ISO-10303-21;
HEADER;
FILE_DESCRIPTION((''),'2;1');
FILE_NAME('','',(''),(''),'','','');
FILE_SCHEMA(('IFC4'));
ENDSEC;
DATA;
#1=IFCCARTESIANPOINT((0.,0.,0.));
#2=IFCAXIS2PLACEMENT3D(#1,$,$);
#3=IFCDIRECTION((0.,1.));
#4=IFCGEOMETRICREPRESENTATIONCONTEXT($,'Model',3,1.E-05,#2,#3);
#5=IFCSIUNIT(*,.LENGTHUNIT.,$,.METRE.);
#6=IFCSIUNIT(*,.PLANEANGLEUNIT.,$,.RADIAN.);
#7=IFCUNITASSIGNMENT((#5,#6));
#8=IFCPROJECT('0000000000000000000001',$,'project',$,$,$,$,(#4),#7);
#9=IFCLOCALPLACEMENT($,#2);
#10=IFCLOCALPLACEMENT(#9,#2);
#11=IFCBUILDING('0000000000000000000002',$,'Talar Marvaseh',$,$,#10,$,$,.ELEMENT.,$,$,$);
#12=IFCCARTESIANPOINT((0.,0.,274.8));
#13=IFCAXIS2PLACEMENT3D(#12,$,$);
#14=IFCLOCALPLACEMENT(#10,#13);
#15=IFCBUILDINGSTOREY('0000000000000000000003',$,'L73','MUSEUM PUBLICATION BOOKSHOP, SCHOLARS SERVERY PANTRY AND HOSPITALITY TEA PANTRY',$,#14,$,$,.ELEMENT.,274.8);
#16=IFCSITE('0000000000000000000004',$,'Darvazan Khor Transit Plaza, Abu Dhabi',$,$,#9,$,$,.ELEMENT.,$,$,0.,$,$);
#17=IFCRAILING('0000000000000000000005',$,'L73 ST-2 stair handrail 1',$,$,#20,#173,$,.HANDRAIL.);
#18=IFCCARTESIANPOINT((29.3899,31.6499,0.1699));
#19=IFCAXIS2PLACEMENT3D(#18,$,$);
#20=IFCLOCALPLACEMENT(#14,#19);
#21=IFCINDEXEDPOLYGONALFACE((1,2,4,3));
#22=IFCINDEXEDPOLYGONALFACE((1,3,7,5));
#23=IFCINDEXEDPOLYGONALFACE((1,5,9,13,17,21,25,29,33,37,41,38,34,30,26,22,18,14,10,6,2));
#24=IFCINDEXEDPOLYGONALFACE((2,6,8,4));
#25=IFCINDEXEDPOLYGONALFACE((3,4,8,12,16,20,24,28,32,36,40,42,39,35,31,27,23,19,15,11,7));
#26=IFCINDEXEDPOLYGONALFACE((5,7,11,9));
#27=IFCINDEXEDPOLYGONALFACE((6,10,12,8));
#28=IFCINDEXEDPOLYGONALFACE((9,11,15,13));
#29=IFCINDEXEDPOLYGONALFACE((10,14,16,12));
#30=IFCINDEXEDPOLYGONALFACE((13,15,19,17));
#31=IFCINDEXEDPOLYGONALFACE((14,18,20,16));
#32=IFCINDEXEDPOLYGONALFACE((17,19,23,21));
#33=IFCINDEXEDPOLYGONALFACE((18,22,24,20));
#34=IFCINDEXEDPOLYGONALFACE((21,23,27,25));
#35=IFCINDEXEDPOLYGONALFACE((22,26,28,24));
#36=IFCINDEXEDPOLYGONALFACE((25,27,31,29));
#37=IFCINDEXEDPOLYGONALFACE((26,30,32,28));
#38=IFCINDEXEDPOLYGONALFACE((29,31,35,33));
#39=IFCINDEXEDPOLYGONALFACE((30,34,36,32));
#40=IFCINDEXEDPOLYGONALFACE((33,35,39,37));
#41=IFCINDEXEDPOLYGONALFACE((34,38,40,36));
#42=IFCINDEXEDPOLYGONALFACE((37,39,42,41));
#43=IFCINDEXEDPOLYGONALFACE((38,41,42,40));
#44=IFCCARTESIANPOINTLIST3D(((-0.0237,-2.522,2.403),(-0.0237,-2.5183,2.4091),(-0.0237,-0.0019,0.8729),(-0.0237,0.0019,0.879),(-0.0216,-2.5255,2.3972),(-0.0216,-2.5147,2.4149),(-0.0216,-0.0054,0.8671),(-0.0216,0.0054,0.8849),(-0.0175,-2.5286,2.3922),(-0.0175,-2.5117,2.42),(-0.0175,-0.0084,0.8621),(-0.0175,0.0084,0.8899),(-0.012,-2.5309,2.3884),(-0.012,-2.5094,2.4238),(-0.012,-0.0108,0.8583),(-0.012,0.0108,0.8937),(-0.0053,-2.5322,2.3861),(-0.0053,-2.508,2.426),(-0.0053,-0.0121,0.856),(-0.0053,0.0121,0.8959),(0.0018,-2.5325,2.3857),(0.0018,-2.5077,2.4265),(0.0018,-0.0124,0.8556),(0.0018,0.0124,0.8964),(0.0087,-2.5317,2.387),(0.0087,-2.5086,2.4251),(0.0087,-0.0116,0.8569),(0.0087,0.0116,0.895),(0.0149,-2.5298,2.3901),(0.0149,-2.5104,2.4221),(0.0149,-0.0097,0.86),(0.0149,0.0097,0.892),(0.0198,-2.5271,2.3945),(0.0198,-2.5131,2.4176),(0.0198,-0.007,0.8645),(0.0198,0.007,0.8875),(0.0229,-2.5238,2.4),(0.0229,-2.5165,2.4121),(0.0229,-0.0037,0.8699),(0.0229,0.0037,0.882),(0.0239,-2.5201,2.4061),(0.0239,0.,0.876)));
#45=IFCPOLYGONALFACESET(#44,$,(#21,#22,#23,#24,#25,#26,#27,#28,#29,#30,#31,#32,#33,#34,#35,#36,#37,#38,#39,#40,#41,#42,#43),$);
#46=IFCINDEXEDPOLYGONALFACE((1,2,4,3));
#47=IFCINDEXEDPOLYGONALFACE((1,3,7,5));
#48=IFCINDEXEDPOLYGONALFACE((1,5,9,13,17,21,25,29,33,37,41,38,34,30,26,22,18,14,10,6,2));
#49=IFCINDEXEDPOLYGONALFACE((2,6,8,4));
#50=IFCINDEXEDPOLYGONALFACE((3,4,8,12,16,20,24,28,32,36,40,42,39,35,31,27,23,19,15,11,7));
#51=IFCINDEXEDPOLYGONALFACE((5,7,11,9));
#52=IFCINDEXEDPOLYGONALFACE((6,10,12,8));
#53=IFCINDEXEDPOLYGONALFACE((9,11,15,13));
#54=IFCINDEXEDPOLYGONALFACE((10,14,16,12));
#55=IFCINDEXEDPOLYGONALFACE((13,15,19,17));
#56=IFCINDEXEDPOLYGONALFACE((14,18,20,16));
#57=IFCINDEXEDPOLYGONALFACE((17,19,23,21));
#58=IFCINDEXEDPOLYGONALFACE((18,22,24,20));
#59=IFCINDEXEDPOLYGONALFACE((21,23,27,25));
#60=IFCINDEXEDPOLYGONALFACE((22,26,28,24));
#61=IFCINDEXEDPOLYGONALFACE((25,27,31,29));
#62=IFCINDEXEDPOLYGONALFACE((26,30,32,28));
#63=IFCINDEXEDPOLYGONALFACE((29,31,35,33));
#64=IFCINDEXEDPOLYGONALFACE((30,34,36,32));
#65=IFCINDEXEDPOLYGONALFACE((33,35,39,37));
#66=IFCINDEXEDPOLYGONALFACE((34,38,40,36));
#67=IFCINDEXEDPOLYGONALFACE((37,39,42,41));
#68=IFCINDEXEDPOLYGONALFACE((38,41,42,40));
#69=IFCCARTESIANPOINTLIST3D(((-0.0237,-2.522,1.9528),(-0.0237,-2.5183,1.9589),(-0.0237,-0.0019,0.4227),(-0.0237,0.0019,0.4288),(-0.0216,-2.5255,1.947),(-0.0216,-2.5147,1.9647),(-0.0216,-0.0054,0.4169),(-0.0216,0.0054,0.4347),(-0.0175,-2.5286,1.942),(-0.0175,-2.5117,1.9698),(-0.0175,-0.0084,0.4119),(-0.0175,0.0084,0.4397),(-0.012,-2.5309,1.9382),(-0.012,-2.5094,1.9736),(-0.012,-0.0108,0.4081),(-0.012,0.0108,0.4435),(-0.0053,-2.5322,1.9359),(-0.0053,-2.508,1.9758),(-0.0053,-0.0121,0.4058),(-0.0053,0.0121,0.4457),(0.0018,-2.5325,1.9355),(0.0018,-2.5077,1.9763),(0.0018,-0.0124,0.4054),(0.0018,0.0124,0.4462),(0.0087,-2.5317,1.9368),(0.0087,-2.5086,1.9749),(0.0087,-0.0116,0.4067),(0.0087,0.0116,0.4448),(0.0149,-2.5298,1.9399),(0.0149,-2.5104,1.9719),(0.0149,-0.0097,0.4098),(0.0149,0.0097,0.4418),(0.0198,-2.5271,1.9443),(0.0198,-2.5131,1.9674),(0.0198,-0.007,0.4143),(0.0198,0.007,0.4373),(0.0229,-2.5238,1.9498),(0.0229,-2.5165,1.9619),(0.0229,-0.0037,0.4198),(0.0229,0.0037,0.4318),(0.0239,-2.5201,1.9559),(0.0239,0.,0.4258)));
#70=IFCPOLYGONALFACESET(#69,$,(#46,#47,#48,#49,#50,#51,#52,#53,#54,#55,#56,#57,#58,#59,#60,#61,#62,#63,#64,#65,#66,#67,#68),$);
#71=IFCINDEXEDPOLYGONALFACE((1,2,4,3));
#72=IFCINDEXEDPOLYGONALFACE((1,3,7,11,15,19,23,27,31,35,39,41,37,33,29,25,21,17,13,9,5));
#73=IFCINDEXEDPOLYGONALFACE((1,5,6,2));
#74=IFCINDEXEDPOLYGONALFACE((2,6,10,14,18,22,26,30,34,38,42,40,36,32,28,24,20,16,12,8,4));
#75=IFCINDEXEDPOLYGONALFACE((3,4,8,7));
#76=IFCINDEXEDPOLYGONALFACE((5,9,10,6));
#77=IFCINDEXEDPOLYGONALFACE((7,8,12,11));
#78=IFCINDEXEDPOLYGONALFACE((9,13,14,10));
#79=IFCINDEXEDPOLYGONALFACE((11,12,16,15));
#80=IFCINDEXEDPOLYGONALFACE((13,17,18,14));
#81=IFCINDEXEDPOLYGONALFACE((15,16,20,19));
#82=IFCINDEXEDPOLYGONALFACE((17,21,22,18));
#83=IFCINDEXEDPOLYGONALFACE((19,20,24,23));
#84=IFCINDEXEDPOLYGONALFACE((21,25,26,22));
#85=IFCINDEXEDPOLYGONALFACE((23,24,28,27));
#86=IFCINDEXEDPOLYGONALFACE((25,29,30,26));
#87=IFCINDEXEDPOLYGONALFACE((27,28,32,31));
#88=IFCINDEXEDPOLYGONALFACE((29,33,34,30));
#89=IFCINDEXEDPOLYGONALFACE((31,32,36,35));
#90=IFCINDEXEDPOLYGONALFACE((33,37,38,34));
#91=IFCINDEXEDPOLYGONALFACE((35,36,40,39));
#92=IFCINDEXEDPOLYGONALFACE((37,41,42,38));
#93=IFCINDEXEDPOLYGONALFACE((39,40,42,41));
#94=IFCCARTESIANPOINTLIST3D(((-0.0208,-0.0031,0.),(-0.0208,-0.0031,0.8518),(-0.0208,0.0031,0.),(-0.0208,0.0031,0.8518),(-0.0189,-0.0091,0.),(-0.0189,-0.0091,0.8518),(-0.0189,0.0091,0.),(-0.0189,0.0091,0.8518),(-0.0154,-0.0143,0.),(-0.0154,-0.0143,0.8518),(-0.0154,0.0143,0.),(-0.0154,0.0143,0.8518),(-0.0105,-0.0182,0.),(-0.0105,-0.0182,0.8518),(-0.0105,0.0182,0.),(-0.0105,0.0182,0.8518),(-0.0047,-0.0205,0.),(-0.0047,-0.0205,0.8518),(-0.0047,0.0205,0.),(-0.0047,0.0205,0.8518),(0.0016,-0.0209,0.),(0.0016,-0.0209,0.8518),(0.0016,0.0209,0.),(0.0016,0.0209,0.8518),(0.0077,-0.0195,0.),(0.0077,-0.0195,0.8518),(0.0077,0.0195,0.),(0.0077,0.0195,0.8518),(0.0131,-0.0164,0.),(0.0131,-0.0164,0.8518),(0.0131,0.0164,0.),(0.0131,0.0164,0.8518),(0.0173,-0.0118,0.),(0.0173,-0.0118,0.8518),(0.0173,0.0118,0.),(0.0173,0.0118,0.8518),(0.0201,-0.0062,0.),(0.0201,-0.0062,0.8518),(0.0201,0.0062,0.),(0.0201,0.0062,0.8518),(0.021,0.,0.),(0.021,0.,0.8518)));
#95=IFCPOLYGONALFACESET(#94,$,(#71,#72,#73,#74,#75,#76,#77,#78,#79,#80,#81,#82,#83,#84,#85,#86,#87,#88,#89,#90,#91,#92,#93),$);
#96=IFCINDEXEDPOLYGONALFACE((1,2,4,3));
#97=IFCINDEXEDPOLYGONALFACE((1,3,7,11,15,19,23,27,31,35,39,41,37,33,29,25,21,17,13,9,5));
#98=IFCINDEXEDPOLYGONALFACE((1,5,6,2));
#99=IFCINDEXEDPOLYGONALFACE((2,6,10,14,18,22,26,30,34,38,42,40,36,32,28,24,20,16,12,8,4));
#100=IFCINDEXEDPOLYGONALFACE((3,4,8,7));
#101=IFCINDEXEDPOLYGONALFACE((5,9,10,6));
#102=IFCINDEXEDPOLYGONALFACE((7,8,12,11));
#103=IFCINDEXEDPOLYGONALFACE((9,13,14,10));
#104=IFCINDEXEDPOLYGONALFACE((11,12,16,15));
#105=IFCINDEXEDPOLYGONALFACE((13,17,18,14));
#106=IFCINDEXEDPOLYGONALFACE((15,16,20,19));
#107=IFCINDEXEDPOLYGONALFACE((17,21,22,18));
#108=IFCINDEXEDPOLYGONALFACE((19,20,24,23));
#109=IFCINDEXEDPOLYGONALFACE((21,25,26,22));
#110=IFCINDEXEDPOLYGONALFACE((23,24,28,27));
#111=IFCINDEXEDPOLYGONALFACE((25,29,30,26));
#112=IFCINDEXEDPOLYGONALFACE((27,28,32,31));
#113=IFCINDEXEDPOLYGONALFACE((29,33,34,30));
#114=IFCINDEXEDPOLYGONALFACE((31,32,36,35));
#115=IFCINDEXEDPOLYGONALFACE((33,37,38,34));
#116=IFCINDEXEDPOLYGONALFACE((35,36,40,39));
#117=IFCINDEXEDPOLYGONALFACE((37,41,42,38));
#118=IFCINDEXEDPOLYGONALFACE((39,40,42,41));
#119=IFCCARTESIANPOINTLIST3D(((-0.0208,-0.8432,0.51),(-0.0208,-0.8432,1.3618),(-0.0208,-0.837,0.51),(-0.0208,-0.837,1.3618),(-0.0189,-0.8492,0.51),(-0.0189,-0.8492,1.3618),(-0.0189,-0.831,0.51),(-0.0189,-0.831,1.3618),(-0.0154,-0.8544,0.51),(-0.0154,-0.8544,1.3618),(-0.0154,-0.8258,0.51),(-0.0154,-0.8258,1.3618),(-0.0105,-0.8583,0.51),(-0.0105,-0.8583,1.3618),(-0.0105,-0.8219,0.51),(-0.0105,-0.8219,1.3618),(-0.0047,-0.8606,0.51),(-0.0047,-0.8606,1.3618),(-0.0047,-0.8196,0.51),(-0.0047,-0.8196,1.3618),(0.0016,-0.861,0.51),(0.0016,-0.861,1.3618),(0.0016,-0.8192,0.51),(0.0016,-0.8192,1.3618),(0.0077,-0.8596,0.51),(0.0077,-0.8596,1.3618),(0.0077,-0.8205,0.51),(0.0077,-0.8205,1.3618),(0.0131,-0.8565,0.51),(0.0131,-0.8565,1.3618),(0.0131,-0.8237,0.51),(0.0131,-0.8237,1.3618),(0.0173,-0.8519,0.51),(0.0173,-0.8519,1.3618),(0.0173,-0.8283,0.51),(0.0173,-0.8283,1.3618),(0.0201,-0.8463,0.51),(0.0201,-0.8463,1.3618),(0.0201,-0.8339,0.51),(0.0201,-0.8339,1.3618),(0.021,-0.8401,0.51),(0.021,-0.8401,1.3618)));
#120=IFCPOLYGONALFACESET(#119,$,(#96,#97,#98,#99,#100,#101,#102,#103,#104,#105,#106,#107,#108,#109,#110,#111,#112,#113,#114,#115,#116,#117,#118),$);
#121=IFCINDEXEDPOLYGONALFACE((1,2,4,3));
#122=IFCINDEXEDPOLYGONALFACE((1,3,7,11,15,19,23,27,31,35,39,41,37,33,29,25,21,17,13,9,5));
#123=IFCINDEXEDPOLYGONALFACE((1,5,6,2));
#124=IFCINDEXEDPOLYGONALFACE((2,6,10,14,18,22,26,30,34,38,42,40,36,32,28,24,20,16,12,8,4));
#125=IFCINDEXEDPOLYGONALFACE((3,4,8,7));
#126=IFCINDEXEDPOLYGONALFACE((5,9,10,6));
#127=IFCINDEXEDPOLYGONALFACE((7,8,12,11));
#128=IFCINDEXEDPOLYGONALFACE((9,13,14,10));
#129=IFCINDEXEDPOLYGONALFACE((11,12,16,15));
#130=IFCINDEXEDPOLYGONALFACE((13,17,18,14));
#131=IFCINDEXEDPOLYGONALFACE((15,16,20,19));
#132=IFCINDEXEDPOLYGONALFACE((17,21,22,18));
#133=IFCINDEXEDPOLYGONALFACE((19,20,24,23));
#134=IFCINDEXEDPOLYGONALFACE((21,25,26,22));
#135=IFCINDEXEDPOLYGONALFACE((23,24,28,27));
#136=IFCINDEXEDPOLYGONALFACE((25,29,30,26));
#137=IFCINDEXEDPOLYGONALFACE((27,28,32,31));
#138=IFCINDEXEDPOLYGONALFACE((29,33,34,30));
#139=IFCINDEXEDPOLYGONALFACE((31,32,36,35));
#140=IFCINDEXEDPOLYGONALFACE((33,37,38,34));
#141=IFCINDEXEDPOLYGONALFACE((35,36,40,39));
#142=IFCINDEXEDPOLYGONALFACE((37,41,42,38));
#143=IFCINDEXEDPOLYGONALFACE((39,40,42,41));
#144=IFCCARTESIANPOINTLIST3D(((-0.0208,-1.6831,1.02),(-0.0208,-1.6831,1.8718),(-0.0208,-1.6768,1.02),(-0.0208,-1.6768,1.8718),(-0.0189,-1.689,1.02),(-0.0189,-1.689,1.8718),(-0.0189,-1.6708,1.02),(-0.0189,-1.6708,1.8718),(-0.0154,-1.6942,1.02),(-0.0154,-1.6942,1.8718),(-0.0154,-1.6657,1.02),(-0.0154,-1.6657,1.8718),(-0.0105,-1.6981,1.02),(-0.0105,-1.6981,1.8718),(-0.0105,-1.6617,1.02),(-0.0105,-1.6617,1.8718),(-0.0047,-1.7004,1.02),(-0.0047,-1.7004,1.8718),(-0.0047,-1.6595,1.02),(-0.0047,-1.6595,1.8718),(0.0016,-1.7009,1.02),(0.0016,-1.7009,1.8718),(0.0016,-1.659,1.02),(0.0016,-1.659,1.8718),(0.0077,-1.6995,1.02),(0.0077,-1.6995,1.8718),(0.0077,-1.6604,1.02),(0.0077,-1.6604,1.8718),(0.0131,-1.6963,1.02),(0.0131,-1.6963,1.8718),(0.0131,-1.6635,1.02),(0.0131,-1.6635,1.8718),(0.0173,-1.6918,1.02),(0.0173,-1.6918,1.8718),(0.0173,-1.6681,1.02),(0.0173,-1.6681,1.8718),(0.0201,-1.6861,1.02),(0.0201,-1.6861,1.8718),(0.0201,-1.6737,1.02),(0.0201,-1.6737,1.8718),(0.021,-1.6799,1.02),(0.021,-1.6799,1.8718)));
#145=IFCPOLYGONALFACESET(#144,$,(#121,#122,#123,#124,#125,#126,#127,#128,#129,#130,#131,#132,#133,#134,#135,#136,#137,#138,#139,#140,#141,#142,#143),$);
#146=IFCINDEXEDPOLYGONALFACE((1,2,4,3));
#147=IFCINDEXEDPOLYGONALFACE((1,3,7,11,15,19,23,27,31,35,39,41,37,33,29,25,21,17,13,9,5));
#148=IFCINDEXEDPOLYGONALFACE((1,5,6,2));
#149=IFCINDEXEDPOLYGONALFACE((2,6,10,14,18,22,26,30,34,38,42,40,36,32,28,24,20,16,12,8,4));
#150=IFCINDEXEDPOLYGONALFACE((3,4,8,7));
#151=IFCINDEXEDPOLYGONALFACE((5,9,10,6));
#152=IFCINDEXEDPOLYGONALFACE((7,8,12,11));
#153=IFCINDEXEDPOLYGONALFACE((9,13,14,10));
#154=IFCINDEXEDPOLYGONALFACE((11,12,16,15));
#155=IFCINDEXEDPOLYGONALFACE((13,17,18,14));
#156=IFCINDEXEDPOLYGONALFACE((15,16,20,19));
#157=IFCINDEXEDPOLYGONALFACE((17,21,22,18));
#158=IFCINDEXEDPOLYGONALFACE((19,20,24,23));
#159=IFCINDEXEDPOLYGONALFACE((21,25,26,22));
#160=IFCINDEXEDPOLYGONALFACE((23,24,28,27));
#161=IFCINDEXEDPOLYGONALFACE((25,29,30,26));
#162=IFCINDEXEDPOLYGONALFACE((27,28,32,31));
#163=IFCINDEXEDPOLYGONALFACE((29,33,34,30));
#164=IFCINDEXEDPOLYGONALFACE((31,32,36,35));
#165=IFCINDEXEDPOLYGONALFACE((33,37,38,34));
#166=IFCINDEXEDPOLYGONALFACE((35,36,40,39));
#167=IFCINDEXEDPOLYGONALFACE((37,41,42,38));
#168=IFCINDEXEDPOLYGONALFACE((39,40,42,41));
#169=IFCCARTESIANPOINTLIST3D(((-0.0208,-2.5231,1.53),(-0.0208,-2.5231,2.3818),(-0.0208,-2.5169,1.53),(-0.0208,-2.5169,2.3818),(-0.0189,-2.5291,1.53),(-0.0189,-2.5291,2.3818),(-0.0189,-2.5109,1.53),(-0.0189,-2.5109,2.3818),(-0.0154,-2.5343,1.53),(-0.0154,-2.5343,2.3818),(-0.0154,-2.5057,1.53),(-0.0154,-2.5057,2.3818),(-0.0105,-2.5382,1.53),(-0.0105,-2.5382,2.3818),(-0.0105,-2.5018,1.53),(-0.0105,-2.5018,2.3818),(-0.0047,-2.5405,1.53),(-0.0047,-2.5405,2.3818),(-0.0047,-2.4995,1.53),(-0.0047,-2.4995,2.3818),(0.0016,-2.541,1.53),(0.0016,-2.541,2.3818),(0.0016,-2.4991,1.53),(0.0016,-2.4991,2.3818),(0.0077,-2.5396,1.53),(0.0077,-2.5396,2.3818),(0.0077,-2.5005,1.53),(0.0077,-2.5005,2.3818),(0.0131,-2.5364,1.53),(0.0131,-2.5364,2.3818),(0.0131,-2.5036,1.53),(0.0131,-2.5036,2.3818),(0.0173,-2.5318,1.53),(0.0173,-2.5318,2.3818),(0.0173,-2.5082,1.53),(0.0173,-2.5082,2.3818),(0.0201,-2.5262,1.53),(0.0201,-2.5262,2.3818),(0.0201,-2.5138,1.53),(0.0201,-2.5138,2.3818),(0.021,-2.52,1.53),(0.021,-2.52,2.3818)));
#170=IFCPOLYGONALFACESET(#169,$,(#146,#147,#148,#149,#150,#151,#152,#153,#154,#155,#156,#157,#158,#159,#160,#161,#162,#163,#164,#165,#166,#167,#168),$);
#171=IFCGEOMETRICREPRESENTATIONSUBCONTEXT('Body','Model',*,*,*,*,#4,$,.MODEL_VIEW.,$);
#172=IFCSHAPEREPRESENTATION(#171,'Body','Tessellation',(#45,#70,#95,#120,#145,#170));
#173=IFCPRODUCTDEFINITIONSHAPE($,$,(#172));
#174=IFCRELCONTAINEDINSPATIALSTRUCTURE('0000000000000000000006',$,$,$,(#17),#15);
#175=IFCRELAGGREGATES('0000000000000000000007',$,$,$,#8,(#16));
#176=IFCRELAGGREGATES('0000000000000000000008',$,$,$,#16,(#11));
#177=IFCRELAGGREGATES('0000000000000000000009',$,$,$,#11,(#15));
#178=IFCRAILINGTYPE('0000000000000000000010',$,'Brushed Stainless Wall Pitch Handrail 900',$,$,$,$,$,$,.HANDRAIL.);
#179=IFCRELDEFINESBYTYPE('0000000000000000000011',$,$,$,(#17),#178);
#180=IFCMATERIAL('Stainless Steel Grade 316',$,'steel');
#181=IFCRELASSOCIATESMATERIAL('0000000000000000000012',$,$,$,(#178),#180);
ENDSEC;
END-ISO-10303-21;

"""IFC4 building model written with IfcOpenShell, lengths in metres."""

from ifc_helpers import new_model, si_unit, direction, frame, origin, origin_2d, place, context, subcontext, project, spatial, circle, extrude, material, type_object, element, save


model = new_model("IFC4")

# Units and contexts
model_context = context("Model", 3, precision=1e-05, world=origin(), true_north=direction((0.0, 1.0)))
body_context = subcontext(model_context, "Body", "Model", "MODEL_VIEW")
ifc_project = project(units=[si_unit("LENGTHUNIT", "METRE"), si_unit("PLANEANGLEUNIT", "RADIAN")], contexts=[model_context])

# Site, building, storey
site_placement = place(None, origin())
site = spatial("IfcSite", under=ifc_project, at=site_placement, Name="Darvazan Khor Transit Plaza, Abu Dhabi", CompositionType="ELEMENT", RefElevation=0.0)
building_placement = place(site_placement, origin())
building = spatial("IfcBuilding", under=site, at=building_placement, Name="Talar Marvaseh", CompositionType="ELEMENT")
storey_placement = place(building_placement, frame((0.0, 0.0, 274.8)))
storey = spatial("IfcBuildingStorey", under=building, at=storey_placement, Name="L73", Description="MUSEUM PUBLICATION BOOKSHOP, SCHOLARS SERVERY PANTRY AND HOSPITALITY TEA PANTRY", CompositionType="ELEMENT", Elevation=274.8)

# Shared definitions
ifc_material_1 = material(Name="Stainless Steel Grade 316", Category="steel")

# Railing
railing_type_1 = type_object("IfcRailingType", Name="Brushed Stainless Wall Pitch Handrail 900", PredefinedType="HANDRAIL", material=ifc_material_1)
railing_1_placement = place(storey_placement, frame((29.3899, 31.6499, 0.1699)))
element("IfcRailing", 1, at=railing_1_placement, inside=storey, type_object=railing_type_1, Name="L73 ST-2 stair handrail 1", PredefinedType="HANDRAIL", context=body_context, shape_type="SweptSolid", body=[
    extrude(circle(Radius=0.0239, at=origin_2d()), frame((0.0, 0.0, 0.876), z_axis=(0.0, -0.854785, 0.518982), x_axis=(1.0, 0.0, 0.0)), (0.0, 0.0, 1.0), 2.9482),
    extrude(circle(Radius=0.0239, at=origin_2d()), frame((0.0, 0.0, 0.4258), z_axis=(0.0, -0.854785, 0.518982), x_axis=(1.0, 0.0, 0.0)), (0.0, 0.0, 1.0), 2.9482),
    extrude(circle(Radius=0.021, at=origin_2d()), origin(), (0.0, 0.0, 1.0), 0.8518),
    extrude(circle(Radius=0.021, at=origin_2d()), frame((0.0, -0.8401, 0.51)), (0.0, 0.0, 1.0), 0.8518),
    extrude(circle(Radius=0.021, at=origin_2d()), frame((0.0, -1.6799, 1.02)), (0.0, 0.0, 1.0), 0.8518),
    extrude(circle(Radius=0.021, at=origin_2d()), frame((0.0, -2.52, 1.53)), (0.0, 0.0, 1.0), 0.8518),
])

save(model, "model.ifc")
